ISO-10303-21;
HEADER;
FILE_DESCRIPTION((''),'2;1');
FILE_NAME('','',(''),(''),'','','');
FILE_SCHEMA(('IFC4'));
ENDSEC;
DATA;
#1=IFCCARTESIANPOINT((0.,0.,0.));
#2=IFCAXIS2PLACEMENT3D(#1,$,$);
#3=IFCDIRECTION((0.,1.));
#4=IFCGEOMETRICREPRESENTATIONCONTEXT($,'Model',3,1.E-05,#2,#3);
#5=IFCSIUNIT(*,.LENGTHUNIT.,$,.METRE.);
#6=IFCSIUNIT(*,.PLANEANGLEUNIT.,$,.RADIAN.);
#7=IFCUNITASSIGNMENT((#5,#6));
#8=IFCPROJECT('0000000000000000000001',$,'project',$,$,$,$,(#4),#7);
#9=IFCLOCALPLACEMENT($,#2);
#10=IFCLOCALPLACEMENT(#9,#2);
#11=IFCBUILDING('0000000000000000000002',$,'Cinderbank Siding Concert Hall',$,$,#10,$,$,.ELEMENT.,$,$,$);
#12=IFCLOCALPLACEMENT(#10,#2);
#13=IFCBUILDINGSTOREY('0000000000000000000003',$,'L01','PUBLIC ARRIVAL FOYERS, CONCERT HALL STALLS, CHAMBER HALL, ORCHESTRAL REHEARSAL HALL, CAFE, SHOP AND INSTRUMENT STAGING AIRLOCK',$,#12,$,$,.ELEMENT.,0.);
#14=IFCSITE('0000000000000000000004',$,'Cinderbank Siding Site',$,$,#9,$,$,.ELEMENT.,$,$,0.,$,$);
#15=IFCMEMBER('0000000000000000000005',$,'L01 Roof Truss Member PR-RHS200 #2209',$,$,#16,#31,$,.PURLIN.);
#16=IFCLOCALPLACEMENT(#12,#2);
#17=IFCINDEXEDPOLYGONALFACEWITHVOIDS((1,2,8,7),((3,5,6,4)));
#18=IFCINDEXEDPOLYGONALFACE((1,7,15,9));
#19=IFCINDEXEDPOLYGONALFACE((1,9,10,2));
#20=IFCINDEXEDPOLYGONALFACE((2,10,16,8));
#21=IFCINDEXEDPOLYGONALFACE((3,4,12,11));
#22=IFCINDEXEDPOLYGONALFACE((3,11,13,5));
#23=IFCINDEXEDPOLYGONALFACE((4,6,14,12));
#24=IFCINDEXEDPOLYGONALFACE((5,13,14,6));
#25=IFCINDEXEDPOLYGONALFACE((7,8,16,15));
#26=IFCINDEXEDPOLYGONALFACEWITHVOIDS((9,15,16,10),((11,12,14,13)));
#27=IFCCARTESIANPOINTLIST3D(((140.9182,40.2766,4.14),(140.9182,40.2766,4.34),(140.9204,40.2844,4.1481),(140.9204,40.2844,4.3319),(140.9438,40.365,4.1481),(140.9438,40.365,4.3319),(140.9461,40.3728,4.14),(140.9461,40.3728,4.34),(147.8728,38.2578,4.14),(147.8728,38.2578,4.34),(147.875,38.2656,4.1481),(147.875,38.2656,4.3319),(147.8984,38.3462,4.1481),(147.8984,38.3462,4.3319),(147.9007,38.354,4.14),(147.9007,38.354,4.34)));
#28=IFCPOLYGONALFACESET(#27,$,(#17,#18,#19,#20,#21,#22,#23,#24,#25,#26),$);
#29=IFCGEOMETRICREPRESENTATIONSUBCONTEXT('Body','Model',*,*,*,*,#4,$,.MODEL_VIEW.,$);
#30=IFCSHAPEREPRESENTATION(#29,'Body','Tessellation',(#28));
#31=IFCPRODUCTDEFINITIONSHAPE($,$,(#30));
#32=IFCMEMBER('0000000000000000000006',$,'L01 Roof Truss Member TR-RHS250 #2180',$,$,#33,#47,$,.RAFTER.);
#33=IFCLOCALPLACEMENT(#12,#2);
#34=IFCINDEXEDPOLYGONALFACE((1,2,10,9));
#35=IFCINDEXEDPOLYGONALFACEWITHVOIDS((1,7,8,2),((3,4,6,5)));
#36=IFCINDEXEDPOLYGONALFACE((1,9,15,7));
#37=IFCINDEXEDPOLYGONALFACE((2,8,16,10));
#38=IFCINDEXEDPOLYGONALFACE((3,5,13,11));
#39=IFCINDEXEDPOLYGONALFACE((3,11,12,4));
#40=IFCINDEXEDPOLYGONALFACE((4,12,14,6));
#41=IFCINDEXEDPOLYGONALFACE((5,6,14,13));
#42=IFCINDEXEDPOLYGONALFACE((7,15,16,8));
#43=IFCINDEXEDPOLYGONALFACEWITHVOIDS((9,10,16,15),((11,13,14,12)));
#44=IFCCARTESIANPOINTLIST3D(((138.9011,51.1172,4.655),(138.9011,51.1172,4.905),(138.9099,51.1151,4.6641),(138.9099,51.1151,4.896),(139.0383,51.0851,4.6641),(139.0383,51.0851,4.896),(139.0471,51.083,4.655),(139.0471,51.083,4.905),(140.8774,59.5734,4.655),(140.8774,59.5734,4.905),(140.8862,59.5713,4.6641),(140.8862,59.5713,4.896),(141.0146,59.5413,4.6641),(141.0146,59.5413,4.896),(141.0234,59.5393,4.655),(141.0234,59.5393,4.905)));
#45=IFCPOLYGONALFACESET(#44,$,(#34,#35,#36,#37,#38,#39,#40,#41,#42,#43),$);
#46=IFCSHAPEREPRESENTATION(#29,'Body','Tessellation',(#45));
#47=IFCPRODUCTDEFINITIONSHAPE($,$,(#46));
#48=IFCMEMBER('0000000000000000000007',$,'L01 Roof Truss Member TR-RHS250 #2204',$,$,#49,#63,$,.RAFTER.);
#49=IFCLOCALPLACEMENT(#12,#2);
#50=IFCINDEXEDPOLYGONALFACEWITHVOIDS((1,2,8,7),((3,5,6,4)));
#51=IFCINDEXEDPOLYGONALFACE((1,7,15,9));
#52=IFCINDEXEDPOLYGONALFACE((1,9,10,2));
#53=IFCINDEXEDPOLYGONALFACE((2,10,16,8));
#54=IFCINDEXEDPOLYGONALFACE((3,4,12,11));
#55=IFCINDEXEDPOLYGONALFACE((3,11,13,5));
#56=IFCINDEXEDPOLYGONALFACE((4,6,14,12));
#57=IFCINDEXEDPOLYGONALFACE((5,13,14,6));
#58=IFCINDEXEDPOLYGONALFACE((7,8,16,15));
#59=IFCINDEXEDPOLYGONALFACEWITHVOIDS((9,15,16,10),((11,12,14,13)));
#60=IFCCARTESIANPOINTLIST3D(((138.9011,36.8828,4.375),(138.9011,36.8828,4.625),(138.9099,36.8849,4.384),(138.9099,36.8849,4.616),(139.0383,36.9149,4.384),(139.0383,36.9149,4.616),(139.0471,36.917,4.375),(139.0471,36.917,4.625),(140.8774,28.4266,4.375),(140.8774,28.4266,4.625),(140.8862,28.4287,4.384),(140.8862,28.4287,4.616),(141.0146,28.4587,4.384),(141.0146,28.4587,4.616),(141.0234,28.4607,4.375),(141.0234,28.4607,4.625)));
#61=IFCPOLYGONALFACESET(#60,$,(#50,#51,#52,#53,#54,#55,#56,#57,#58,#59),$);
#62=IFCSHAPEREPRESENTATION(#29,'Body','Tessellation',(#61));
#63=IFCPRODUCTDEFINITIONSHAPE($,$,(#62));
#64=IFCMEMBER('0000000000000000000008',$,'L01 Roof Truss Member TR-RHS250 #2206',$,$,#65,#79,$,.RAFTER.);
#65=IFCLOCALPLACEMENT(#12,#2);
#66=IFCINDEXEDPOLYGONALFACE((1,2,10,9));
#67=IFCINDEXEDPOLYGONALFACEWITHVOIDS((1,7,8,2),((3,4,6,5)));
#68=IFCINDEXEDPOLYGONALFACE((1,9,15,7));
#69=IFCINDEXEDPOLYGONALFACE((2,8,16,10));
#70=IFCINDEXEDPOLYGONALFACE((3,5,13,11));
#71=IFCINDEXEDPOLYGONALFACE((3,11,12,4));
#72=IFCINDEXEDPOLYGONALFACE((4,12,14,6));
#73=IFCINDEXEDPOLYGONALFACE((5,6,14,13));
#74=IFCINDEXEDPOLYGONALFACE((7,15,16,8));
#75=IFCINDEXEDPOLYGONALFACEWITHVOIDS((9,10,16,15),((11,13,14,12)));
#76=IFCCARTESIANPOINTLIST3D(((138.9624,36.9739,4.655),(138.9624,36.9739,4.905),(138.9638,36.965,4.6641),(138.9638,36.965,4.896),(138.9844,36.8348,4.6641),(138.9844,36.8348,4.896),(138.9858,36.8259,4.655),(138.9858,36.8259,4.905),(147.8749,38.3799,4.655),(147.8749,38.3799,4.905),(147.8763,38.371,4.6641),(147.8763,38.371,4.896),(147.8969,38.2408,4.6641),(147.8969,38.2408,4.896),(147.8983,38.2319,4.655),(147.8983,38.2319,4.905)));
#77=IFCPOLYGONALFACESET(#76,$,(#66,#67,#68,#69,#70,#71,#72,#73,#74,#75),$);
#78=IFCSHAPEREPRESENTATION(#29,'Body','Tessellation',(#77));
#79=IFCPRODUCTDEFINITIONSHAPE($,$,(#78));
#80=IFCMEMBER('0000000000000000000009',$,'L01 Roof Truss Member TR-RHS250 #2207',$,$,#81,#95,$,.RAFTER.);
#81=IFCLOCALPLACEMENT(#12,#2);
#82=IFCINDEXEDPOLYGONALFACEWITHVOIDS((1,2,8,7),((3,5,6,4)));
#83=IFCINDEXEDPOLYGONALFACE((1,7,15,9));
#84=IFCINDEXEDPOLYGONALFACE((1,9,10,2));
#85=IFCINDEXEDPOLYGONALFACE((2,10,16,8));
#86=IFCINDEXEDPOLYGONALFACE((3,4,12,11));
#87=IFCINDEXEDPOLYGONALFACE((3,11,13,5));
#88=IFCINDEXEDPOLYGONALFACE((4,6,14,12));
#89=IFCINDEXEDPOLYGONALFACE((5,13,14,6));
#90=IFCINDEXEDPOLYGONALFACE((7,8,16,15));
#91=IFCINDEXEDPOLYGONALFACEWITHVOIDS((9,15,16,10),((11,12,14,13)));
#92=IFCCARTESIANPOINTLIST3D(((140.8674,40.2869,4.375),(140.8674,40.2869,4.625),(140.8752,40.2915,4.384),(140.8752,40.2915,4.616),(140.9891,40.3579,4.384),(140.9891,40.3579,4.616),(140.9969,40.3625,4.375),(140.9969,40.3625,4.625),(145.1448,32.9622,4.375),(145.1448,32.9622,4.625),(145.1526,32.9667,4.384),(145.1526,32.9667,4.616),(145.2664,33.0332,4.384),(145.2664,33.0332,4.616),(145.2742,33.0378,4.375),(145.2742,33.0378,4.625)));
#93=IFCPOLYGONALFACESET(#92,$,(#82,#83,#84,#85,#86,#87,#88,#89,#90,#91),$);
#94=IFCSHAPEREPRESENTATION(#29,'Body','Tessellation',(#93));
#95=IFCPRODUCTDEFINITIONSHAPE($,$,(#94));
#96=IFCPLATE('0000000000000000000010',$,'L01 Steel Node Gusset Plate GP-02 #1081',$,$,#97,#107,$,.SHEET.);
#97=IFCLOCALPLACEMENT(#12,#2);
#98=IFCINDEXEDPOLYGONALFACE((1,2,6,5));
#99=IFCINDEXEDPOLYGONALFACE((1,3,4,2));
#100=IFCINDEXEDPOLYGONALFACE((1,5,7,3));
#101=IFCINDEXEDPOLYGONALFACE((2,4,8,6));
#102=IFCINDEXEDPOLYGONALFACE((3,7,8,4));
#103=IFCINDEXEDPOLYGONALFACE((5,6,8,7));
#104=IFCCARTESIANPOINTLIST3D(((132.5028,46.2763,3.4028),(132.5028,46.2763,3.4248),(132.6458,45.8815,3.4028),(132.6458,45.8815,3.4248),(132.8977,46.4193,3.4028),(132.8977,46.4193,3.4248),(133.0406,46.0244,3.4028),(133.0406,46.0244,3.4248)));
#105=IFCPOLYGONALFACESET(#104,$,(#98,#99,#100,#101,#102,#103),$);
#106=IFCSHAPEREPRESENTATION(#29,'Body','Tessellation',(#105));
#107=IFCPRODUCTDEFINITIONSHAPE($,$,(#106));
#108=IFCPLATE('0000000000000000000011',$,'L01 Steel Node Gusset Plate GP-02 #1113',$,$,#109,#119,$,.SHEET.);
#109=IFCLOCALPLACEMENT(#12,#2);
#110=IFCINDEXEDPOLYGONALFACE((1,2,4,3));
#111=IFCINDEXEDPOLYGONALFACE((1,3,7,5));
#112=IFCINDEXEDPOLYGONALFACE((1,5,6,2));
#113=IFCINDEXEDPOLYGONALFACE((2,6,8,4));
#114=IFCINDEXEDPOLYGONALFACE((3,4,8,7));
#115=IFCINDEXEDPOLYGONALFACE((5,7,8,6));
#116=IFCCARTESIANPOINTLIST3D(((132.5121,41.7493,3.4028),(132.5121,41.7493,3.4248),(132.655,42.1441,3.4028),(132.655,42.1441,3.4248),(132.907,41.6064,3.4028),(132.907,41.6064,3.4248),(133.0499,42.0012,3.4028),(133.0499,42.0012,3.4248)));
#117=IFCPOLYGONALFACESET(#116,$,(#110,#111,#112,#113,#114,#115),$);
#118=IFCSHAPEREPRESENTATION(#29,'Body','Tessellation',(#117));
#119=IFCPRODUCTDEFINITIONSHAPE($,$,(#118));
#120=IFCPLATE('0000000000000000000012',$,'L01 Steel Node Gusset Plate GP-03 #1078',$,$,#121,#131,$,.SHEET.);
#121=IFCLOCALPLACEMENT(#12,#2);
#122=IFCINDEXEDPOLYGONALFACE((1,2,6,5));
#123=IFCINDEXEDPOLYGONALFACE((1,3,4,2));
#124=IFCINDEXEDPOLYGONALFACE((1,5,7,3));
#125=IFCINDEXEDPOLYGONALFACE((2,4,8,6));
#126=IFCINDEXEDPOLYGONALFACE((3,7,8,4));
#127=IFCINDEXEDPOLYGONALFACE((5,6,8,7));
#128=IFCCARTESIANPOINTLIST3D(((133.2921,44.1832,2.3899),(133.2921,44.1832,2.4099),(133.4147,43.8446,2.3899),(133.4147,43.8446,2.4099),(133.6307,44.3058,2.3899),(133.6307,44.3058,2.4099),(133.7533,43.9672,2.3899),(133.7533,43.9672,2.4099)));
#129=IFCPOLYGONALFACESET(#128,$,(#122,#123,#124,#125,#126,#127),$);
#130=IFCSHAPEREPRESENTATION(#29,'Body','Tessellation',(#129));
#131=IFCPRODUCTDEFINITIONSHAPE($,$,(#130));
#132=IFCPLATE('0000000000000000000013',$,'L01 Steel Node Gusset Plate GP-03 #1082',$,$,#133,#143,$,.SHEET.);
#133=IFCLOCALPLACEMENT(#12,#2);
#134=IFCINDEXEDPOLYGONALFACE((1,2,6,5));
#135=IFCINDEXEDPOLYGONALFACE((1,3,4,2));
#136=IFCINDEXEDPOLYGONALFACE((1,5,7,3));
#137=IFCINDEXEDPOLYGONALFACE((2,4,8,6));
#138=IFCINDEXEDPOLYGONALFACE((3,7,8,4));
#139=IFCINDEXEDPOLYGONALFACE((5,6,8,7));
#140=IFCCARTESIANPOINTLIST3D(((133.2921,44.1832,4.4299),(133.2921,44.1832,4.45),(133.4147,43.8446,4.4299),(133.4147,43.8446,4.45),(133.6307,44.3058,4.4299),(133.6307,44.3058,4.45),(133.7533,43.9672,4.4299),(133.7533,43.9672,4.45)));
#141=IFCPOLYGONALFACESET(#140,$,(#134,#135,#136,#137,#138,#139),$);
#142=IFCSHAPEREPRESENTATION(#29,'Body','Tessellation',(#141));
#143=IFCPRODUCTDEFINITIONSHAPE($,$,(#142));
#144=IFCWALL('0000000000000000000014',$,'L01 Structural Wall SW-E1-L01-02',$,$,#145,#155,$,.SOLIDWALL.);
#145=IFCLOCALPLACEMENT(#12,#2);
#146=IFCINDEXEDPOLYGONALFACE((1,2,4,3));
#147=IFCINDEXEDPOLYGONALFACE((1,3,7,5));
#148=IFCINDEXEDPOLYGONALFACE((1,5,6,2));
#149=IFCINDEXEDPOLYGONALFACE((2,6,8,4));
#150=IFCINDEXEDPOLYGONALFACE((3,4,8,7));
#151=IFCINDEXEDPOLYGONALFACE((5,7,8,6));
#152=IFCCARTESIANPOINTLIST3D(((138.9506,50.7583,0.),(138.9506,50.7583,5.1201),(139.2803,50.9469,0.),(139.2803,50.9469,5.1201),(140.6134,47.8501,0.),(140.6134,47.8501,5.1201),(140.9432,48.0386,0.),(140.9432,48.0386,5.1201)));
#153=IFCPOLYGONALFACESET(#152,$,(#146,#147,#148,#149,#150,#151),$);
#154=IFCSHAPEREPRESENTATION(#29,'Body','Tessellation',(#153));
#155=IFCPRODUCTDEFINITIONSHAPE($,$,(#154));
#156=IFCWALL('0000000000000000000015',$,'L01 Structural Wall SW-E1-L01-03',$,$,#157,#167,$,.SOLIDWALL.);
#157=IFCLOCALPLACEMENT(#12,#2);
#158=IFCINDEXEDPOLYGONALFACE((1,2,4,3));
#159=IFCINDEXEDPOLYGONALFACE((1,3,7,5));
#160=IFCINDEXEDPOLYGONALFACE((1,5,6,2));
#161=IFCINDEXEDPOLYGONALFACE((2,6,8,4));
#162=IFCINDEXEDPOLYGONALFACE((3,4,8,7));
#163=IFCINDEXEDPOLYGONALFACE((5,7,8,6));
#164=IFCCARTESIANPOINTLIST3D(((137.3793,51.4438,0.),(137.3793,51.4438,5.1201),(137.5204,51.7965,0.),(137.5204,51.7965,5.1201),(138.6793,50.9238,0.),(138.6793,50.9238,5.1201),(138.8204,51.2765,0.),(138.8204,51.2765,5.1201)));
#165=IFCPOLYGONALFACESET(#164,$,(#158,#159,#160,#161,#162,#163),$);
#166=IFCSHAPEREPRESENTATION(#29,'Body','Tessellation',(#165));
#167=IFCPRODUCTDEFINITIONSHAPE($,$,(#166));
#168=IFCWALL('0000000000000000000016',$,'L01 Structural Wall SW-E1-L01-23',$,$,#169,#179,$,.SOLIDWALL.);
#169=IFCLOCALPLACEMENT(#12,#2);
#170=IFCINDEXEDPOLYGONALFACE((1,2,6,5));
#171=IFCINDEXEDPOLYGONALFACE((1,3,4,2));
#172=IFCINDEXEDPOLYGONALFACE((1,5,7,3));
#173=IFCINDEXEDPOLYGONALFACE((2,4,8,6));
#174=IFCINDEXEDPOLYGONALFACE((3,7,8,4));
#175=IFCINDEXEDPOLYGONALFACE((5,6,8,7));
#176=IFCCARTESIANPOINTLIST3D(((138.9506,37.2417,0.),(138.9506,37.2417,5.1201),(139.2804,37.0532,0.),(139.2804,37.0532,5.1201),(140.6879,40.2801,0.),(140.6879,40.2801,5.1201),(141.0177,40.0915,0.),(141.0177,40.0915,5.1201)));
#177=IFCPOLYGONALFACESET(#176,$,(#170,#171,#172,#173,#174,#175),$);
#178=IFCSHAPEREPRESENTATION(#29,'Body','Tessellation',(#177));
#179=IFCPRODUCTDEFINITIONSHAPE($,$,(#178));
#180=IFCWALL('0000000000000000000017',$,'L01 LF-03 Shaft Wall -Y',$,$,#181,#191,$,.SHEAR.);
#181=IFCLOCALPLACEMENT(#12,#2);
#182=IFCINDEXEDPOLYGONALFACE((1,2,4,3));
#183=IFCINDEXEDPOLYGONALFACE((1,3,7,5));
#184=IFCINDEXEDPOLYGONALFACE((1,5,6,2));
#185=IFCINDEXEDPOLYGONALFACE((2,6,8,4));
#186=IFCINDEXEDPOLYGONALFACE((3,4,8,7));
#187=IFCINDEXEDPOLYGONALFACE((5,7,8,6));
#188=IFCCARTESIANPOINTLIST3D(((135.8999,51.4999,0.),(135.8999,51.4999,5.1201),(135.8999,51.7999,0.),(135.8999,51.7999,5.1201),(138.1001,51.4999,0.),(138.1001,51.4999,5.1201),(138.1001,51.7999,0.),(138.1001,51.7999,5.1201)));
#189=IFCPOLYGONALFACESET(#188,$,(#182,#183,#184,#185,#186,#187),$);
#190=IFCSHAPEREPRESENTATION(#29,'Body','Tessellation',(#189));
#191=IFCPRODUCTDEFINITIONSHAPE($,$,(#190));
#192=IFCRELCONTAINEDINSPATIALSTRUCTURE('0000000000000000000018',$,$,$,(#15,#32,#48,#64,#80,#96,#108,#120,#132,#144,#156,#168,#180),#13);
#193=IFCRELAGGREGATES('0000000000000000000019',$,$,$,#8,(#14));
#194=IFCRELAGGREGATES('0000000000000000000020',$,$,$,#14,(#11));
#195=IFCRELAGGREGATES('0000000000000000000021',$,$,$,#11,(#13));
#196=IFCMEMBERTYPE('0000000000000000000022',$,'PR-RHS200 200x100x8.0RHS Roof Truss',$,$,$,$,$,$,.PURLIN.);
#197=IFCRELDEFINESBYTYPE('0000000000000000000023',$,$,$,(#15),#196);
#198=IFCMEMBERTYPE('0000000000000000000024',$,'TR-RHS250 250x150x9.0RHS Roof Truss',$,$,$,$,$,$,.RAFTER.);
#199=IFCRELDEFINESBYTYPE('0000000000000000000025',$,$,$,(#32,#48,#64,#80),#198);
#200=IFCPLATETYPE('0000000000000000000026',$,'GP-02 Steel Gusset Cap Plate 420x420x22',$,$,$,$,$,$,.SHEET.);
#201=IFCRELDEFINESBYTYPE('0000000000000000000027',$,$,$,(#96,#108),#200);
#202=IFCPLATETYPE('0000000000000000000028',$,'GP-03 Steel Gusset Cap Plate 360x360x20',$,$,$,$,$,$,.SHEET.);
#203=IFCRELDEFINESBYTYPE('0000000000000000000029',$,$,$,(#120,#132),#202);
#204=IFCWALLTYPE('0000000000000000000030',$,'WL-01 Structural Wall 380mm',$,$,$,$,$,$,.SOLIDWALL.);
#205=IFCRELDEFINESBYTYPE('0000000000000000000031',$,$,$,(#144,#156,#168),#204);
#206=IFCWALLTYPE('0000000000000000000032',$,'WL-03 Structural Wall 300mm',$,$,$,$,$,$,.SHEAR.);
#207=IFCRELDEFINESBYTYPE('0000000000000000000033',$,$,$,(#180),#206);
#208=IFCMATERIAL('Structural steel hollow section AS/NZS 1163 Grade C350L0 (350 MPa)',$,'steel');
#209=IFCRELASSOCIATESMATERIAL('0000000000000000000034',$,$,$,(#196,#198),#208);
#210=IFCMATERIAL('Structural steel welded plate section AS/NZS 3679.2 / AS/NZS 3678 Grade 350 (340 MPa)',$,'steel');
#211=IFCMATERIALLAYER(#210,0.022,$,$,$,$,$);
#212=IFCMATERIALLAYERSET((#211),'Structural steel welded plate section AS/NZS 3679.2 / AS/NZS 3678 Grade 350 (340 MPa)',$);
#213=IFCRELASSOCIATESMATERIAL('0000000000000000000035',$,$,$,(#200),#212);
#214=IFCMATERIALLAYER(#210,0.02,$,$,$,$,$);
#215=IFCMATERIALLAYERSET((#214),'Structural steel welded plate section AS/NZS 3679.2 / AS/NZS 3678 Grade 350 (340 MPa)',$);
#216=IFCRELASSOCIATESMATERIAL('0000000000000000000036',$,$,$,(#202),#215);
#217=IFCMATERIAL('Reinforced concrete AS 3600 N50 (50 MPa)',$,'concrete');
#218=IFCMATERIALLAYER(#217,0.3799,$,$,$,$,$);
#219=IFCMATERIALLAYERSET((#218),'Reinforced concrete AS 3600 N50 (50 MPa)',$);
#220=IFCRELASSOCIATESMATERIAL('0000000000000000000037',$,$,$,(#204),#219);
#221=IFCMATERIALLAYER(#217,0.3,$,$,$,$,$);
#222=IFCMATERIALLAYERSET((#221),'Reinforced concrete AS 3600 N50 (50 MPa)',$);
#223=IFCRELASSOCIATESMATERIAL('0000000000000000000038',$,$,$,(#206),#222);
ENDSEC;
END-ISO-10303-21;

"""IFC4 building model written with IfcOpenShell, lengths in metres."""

from ifc_helpers import new_model, si_unit, direction, frame, frame_2d, origin, origin_2d, place, context, subcontext, project, spatial, rectangle, hollow_rectangle, extrude, material, layer, layer_set, material_profile, profile_set, type_object, element, save


model = new_model("IFC4")

# Units and contexts
model_context = context("Model", 3, precision=1e-05, world=origin(), true_north=direction((0.0, 1.0)))
body_context = subcontext(model_context, "Body", "Model", "MODEL_VIEW")
ifc_project = project(units=[si_unit("LENGTHUNIT", "METRE"), si_unit("PLANEANGLEUNIT", "RADIAN")], contexts=[model_context])

# Site, building, storey
site_placement = place(None, origin())
site = spatial("IfcSite", under=ifc_project, at=site_placement, Name="Cinderbank Siding Site", CompositionType="ELEMENT", RefElevation=0.0)
building_placement = place(site_placement, origin())
building = spatial("IfcBuilding", under=site, at=building_placement, Name="Cinderbank Siding Concert Hall", CompositionType="ELEMENT")
storey_placement = place(building_placement, origin())
storey = spatial("IfcBuildingStorey", under=building, at=storey_placement, Name="L01", Description="PUBLIC ARRIVAL FOYERS, CONCERT HALL STALLS, CHAMBER HALL, ORCHESTRAL REHEARSAL HALL, CAFE, SHOP AND INSTRUMENT STAGING AIRLOCK", CompositionType="ELEMENT", Elevation=0.0)

# Shared definitions
ifc_material_1 = material(Name="Reinforced concrete AS 3600 N50 (50 MPa)", Category="concrete")
ifc_material_2 = material(Name="Structural steel welded plate section AS/NZS 3679.2 / AS/NZS 3678 Grade 350 (340 MPa)", Category="steel")

# Members
ifc_material_3 = material(Name="Structural steel hollow section AS/NZS 1163 Grade C350L0 (350 MPa)", Category="steel")
ifc_material_profile_1 = material_profile(ifc_material_3, hollow_rectangle(XDim=0.1001, YDim=0.2, WallThickness=0.0081, at=origin_2d()), Name="200x100x8.0RHS", Category="LoadBearing")
ifc_profile_set_1 = profile_set([ifc_material_profile_1], Name="Structural steel hollow section AS/NZS 1163 Grade C350L0 (350 MPa)")
member_type_1 = type_object("IfcMemberType", Name="PR-RHS200 200x100x8.0RHS Roof Truss", PredefinedType="PURLIN", material=ifc_profile_set_1)
member_1_placement = place(storey_placement, frame((140.9321, 40.3247, 4.24), z_axis=(0.960356, -0.278775, 0.0), x_axis=(0.278775, 0.960356, 0.0)))
element("IfcMember", 1, at=member_1_placement, inside=storey, type_object=member_type_1, Name="L01 Roof Truss Member PR-RHS200 #2209", PredefinedType="PURLIN", context=body_context, shape_type="SweptSolid", body=[
    extrude(hollow_rectangle(XDim=0.1001, YDim=0.2, WallThickness=0.0081, at=origin_2d()), origin(), (0.0, 0.0, 1.0), 7.2417),
])
ifc_material_profile_2 = material_profile(ifc_material_3, hollow_rectangle(XDim=0.1499, YDim=0.25, WallThickness=0.009, at=origin_2d()), Name="250x150x9.0RHS", Category="LoadBearing")
ifc_profile_set_2 = profile_set([ifc_material_profile_2], Name="Structural steel hollow section AS/NZS 1163 Grade C350L0 (350 MPa)")
member_type_2 = type_object("IfcMemberType", Name="TR-RHS250 250x150x9.0RHS Roof Truss", PredefinedType="RAFTER", material=ifc_profile_set_2)
for number, where, z_axis, x_axis, name in (
    (2, (138.9741, 51.1001, 4.78), (0.227577, 0.97376, 0.0), (-0.97376, 0.227577, 0.0), "L01 Roof Truss Member TR-RHS250 #2180"),
    (3, (138.9741, 36.8999, 4.5), (0.227577, -0.97376, 0.0), (0.97376, 0.227577, 0.0), "L01 Roof Truss Member TR-RHS250 #2204"),
):
    element("IfcMember", number, at=place(storey_placement, frame(where, z_axis=z_axis, x_axis=x_axis)), inside=storey, type_object=member_type_2, Name=name, PredefinedType="RAFTER", context=body_context, shape_type="SweptSolid", body=[
        extrude(hollow_rectangle(XDim=0.1499, YDim=0.25, WallThickness=0.009, at=origin_2d()), origin(), (0.0, 0.0, 1.0), 8.6841),
    ])
member_2_placement = place(storey_placement, frame((138.9741, 36.8999, 4.78), z_axis=(0.987784, 0.155828, 0.0), x_axis=(-0.155828, 0.987784, 0.0)))
element("IfcMember", 4, at=member_2_placement, inside=storey, type_object=member_type_2, Name="L01 Roof Truss Member TR-RHS250 #2206", PredefinedType="RAFTER", context=body_context, shape_type="SweptSolid", body=[
    extrude(hollow_rectangle(XDim=0.1499, YDim=0.25, WallThickness=0.009, at=origin_2d()), origin(), (0.0, 0.0, 1.0), 9.0227),
])
member_3_placement = place(storey_placement, frame((140.9321, 40.3247, 4.5), z_axis=(0.504275, -0.863543, 0.0), x_axis=(0.863543, 0.504275, 0.0)))
element("IfcMember", 5, at=member_3_placement, inside=storey, type_object=member_type_2, Name="L01 Roof Truss Member TR-RHS250 #2207", PredefinedType="RAFTER", context=body_context, shape_type="SweptSolid", body=[
    extrude(hollow_rectangle(XDim=0.1499, YDim=0.25, WallThickness=0.009, at=origin_2d()), origin(), (0.0, 0.0, 1.0), 8.4822),
])

# Plates
ifc_layer_1 = layer(ifc_material_2, 0.022)
ifc_layer_set_1 = layer_set([ifc_layer_1], Name="Structural steel welded plate section AS/NZS 3679.2 / AS/NZS 3678 Grade 350 (340 MPa)")
plate_type_1 = type_object("IfcPlateType", Name="GP-02 Steel Gusset Cap Plate 420x420x22", PredefinedType="SHEET", material=ifc_layer_set_1)
for number, where, z_axis, x_axis, name in (
    (6, (132.7717, 46.1504, 3.4028), (0.0, 0.0, 1.0), (0.34038, -0.940288, 0.0), "L01 Steel Node Gusset Plate GP-02 #1081"),
    (7, (132.781, 41.8752, 3.4028), (0.0, 0.0, 1.0), (-0.34038, -0.940288, 0.0), "L01 Steel Node Gusset Plate GP-02 #1113"),
):
    element("IfcPlate", number, at=place(storey_placement, frame(where, z_axis=z_axis, x_axis=x_axis)), inside=storey, type_object=plate_type_1, Name=name, PredefinedType="SHEET", context=body_context, shape_type="SweptSolid", body=[
        extrude(rectangle(XDim=0.4199, YDim=0.4199, at=origin_2d()), origin(), (0.0, 0.0, 1.0), 0.022),
    ])
ifc_layer_2 = layer(ifc_material_2, 0.02)
ifc_layer_set_2 = layer_set([ifc_layer_2], Name="Structural steel welded plate section AS/NZS 3679.2 / AS/NZS 3678 Grade 350 (340 MPa)")
plate_type_2 = type_object("IfcPlateType", Name="GP-03 Steel Gusset Cap Plate 360x360x20", PredefinedType="SHEET", material=ifc_layer_set_2)
for number, where, z_axis, x_axis, name in (
    (8, (133.5227, 44.0752, 2.3899), (0.0, 0.0, 1.0), (-0.34038, 0.940288, 0.0), "L01 Steel Node Gusset Plate GP-03 #1078"),
    (9, (133.5227, 44.0752, 4.4299), (0.0, 0.0, 1.0), (0.34038, -0.940288, 0.0), "L01 Steel Node Gusset Plate GP-03 #1082"),
):
    element("IfcPlate", number, at=place(storey_placement, frame(where, z_axis=z_axis, x_axis=x_axis)), inside=storey, type_object=plate_type_2, Name=name, PredefinedType="SHEET", context=body_context, shape_type="SweptSolid", body=[
        extrude(rectangle(XDim=0.3601, YDim=0.3601, at=origin_2d()), origin(), (0.0, 0.0, 1.0), 0.02),
    ])

# Walls
ifc_layer_3 = layer(ifc_material_1, 0.3799)
ifc_layer_set_3 = layer_set([ifc_layer_3], Name="Reinforced concrete AS 3600 N50 (50 MPa)")
wall_type_1 = type_object("IfcWallType", Name="WL-01 Structural Wall 380mm", PredefinedType="SOLIDWALL", material=ifc_layer_set_3)
wall_1_placement = place(storey_placement, frame((140.7783, 47.9443, 0.0), z_axis=(0.0, 0.0, 1.0), x_axis=(-0.496367, 0.868113, 0.0)))
element("IfcWall", 10, at=wall_1_placement, inside=storey, type_object=wall_type_1, Name="L01 Structural Wall SW-E1-L01-02", PredefinedType="SOLIDWALL", context=body_context, shape_type="SweptSolid", body=[
    extrude(rectangle(XDim=3.3501, YDim=0.3799, at=frame_2d((1.675, 0.0))), origin(), (0.0, 0.0, 1.0), 5.1201),
])
wall_2_placement = place(storey_placement, frame((138.75, 51.1001, 0.0), z_axis=(0.0, 0.0, 1.0), x_axis=(-0.928477, 0.371391, 0.0)))
element("IfcWall", 11, at=wall_2_placement, inside=storey, type_object=wall_type_1, Name="L01 Structural Wall SW-E1-L01-03", PredefinedType="SOLIDWALL", context=body_context, shape_type="SweptSolid", body=[
    extrude(rectangle(XDim=1.4001, YDim=0.3799, at=frame_2d((0.7002, 0.0))), origin(), (0.0, 0.0, 1.0), 5.1201),
])
wall_3_placement = place(storey_placement, frame((139.1155, 37.1475, 0.0), z_axis=(0.0, 0.0, 1.0), x_axis=(0.496379, 0.868106, 0.0)))
element("IfcWall", 12, at=wall_3_placement, inside=storey, type_object=wall_type_1, Name="L01 Structural Wall SW-E1-L01-23", PredefinedType="SOLIDWALL", context=body_context, shape_type="SweptSolid", body=[
    extrude(rectangle(XDim=3.5, YDim=0.3799, at=frame_2d((1.75, 0.0))), origin(), (0.0, 0.0, 1.0), 5.1201),
])
ifc_layer_4 = layer(ifc_material_1, 0.3)
ifc_layer_set_4 = layer_set([ifc_layer_4], Name="Reinforced concrete AS 3600 N50 (50 MPa)")
wall_type_2 = type_object("IfcWallType", Name="WL-03 Structural Wall 300mm", PredefinedType="SHEAR", material=ifc_layer_set_4)
wall_4_placement = place(storey_placement, frame((138.1001, 51.6499, 0.0), z_axis=(0.0, 0.0, 1.0), x_axis=(-1.0, 0.0, 0.0)))
element("IfcWall", 13, at=wall_4_placement, inside=storey, type_object=wall_type_2, Name="L01 LF-03 Shaft Wall -Y", PredefinedType="SHEAR", context=body_context, shape_type="SweptSolid", body=[
    extrude(rectangle(XDim=2.2002, YDim=0.3, at=frame_2d((1.1001, 0.0))), origin(), (0.0, 0.0, 1.0), 5.1201),
])

save(model, "model.ifc")
